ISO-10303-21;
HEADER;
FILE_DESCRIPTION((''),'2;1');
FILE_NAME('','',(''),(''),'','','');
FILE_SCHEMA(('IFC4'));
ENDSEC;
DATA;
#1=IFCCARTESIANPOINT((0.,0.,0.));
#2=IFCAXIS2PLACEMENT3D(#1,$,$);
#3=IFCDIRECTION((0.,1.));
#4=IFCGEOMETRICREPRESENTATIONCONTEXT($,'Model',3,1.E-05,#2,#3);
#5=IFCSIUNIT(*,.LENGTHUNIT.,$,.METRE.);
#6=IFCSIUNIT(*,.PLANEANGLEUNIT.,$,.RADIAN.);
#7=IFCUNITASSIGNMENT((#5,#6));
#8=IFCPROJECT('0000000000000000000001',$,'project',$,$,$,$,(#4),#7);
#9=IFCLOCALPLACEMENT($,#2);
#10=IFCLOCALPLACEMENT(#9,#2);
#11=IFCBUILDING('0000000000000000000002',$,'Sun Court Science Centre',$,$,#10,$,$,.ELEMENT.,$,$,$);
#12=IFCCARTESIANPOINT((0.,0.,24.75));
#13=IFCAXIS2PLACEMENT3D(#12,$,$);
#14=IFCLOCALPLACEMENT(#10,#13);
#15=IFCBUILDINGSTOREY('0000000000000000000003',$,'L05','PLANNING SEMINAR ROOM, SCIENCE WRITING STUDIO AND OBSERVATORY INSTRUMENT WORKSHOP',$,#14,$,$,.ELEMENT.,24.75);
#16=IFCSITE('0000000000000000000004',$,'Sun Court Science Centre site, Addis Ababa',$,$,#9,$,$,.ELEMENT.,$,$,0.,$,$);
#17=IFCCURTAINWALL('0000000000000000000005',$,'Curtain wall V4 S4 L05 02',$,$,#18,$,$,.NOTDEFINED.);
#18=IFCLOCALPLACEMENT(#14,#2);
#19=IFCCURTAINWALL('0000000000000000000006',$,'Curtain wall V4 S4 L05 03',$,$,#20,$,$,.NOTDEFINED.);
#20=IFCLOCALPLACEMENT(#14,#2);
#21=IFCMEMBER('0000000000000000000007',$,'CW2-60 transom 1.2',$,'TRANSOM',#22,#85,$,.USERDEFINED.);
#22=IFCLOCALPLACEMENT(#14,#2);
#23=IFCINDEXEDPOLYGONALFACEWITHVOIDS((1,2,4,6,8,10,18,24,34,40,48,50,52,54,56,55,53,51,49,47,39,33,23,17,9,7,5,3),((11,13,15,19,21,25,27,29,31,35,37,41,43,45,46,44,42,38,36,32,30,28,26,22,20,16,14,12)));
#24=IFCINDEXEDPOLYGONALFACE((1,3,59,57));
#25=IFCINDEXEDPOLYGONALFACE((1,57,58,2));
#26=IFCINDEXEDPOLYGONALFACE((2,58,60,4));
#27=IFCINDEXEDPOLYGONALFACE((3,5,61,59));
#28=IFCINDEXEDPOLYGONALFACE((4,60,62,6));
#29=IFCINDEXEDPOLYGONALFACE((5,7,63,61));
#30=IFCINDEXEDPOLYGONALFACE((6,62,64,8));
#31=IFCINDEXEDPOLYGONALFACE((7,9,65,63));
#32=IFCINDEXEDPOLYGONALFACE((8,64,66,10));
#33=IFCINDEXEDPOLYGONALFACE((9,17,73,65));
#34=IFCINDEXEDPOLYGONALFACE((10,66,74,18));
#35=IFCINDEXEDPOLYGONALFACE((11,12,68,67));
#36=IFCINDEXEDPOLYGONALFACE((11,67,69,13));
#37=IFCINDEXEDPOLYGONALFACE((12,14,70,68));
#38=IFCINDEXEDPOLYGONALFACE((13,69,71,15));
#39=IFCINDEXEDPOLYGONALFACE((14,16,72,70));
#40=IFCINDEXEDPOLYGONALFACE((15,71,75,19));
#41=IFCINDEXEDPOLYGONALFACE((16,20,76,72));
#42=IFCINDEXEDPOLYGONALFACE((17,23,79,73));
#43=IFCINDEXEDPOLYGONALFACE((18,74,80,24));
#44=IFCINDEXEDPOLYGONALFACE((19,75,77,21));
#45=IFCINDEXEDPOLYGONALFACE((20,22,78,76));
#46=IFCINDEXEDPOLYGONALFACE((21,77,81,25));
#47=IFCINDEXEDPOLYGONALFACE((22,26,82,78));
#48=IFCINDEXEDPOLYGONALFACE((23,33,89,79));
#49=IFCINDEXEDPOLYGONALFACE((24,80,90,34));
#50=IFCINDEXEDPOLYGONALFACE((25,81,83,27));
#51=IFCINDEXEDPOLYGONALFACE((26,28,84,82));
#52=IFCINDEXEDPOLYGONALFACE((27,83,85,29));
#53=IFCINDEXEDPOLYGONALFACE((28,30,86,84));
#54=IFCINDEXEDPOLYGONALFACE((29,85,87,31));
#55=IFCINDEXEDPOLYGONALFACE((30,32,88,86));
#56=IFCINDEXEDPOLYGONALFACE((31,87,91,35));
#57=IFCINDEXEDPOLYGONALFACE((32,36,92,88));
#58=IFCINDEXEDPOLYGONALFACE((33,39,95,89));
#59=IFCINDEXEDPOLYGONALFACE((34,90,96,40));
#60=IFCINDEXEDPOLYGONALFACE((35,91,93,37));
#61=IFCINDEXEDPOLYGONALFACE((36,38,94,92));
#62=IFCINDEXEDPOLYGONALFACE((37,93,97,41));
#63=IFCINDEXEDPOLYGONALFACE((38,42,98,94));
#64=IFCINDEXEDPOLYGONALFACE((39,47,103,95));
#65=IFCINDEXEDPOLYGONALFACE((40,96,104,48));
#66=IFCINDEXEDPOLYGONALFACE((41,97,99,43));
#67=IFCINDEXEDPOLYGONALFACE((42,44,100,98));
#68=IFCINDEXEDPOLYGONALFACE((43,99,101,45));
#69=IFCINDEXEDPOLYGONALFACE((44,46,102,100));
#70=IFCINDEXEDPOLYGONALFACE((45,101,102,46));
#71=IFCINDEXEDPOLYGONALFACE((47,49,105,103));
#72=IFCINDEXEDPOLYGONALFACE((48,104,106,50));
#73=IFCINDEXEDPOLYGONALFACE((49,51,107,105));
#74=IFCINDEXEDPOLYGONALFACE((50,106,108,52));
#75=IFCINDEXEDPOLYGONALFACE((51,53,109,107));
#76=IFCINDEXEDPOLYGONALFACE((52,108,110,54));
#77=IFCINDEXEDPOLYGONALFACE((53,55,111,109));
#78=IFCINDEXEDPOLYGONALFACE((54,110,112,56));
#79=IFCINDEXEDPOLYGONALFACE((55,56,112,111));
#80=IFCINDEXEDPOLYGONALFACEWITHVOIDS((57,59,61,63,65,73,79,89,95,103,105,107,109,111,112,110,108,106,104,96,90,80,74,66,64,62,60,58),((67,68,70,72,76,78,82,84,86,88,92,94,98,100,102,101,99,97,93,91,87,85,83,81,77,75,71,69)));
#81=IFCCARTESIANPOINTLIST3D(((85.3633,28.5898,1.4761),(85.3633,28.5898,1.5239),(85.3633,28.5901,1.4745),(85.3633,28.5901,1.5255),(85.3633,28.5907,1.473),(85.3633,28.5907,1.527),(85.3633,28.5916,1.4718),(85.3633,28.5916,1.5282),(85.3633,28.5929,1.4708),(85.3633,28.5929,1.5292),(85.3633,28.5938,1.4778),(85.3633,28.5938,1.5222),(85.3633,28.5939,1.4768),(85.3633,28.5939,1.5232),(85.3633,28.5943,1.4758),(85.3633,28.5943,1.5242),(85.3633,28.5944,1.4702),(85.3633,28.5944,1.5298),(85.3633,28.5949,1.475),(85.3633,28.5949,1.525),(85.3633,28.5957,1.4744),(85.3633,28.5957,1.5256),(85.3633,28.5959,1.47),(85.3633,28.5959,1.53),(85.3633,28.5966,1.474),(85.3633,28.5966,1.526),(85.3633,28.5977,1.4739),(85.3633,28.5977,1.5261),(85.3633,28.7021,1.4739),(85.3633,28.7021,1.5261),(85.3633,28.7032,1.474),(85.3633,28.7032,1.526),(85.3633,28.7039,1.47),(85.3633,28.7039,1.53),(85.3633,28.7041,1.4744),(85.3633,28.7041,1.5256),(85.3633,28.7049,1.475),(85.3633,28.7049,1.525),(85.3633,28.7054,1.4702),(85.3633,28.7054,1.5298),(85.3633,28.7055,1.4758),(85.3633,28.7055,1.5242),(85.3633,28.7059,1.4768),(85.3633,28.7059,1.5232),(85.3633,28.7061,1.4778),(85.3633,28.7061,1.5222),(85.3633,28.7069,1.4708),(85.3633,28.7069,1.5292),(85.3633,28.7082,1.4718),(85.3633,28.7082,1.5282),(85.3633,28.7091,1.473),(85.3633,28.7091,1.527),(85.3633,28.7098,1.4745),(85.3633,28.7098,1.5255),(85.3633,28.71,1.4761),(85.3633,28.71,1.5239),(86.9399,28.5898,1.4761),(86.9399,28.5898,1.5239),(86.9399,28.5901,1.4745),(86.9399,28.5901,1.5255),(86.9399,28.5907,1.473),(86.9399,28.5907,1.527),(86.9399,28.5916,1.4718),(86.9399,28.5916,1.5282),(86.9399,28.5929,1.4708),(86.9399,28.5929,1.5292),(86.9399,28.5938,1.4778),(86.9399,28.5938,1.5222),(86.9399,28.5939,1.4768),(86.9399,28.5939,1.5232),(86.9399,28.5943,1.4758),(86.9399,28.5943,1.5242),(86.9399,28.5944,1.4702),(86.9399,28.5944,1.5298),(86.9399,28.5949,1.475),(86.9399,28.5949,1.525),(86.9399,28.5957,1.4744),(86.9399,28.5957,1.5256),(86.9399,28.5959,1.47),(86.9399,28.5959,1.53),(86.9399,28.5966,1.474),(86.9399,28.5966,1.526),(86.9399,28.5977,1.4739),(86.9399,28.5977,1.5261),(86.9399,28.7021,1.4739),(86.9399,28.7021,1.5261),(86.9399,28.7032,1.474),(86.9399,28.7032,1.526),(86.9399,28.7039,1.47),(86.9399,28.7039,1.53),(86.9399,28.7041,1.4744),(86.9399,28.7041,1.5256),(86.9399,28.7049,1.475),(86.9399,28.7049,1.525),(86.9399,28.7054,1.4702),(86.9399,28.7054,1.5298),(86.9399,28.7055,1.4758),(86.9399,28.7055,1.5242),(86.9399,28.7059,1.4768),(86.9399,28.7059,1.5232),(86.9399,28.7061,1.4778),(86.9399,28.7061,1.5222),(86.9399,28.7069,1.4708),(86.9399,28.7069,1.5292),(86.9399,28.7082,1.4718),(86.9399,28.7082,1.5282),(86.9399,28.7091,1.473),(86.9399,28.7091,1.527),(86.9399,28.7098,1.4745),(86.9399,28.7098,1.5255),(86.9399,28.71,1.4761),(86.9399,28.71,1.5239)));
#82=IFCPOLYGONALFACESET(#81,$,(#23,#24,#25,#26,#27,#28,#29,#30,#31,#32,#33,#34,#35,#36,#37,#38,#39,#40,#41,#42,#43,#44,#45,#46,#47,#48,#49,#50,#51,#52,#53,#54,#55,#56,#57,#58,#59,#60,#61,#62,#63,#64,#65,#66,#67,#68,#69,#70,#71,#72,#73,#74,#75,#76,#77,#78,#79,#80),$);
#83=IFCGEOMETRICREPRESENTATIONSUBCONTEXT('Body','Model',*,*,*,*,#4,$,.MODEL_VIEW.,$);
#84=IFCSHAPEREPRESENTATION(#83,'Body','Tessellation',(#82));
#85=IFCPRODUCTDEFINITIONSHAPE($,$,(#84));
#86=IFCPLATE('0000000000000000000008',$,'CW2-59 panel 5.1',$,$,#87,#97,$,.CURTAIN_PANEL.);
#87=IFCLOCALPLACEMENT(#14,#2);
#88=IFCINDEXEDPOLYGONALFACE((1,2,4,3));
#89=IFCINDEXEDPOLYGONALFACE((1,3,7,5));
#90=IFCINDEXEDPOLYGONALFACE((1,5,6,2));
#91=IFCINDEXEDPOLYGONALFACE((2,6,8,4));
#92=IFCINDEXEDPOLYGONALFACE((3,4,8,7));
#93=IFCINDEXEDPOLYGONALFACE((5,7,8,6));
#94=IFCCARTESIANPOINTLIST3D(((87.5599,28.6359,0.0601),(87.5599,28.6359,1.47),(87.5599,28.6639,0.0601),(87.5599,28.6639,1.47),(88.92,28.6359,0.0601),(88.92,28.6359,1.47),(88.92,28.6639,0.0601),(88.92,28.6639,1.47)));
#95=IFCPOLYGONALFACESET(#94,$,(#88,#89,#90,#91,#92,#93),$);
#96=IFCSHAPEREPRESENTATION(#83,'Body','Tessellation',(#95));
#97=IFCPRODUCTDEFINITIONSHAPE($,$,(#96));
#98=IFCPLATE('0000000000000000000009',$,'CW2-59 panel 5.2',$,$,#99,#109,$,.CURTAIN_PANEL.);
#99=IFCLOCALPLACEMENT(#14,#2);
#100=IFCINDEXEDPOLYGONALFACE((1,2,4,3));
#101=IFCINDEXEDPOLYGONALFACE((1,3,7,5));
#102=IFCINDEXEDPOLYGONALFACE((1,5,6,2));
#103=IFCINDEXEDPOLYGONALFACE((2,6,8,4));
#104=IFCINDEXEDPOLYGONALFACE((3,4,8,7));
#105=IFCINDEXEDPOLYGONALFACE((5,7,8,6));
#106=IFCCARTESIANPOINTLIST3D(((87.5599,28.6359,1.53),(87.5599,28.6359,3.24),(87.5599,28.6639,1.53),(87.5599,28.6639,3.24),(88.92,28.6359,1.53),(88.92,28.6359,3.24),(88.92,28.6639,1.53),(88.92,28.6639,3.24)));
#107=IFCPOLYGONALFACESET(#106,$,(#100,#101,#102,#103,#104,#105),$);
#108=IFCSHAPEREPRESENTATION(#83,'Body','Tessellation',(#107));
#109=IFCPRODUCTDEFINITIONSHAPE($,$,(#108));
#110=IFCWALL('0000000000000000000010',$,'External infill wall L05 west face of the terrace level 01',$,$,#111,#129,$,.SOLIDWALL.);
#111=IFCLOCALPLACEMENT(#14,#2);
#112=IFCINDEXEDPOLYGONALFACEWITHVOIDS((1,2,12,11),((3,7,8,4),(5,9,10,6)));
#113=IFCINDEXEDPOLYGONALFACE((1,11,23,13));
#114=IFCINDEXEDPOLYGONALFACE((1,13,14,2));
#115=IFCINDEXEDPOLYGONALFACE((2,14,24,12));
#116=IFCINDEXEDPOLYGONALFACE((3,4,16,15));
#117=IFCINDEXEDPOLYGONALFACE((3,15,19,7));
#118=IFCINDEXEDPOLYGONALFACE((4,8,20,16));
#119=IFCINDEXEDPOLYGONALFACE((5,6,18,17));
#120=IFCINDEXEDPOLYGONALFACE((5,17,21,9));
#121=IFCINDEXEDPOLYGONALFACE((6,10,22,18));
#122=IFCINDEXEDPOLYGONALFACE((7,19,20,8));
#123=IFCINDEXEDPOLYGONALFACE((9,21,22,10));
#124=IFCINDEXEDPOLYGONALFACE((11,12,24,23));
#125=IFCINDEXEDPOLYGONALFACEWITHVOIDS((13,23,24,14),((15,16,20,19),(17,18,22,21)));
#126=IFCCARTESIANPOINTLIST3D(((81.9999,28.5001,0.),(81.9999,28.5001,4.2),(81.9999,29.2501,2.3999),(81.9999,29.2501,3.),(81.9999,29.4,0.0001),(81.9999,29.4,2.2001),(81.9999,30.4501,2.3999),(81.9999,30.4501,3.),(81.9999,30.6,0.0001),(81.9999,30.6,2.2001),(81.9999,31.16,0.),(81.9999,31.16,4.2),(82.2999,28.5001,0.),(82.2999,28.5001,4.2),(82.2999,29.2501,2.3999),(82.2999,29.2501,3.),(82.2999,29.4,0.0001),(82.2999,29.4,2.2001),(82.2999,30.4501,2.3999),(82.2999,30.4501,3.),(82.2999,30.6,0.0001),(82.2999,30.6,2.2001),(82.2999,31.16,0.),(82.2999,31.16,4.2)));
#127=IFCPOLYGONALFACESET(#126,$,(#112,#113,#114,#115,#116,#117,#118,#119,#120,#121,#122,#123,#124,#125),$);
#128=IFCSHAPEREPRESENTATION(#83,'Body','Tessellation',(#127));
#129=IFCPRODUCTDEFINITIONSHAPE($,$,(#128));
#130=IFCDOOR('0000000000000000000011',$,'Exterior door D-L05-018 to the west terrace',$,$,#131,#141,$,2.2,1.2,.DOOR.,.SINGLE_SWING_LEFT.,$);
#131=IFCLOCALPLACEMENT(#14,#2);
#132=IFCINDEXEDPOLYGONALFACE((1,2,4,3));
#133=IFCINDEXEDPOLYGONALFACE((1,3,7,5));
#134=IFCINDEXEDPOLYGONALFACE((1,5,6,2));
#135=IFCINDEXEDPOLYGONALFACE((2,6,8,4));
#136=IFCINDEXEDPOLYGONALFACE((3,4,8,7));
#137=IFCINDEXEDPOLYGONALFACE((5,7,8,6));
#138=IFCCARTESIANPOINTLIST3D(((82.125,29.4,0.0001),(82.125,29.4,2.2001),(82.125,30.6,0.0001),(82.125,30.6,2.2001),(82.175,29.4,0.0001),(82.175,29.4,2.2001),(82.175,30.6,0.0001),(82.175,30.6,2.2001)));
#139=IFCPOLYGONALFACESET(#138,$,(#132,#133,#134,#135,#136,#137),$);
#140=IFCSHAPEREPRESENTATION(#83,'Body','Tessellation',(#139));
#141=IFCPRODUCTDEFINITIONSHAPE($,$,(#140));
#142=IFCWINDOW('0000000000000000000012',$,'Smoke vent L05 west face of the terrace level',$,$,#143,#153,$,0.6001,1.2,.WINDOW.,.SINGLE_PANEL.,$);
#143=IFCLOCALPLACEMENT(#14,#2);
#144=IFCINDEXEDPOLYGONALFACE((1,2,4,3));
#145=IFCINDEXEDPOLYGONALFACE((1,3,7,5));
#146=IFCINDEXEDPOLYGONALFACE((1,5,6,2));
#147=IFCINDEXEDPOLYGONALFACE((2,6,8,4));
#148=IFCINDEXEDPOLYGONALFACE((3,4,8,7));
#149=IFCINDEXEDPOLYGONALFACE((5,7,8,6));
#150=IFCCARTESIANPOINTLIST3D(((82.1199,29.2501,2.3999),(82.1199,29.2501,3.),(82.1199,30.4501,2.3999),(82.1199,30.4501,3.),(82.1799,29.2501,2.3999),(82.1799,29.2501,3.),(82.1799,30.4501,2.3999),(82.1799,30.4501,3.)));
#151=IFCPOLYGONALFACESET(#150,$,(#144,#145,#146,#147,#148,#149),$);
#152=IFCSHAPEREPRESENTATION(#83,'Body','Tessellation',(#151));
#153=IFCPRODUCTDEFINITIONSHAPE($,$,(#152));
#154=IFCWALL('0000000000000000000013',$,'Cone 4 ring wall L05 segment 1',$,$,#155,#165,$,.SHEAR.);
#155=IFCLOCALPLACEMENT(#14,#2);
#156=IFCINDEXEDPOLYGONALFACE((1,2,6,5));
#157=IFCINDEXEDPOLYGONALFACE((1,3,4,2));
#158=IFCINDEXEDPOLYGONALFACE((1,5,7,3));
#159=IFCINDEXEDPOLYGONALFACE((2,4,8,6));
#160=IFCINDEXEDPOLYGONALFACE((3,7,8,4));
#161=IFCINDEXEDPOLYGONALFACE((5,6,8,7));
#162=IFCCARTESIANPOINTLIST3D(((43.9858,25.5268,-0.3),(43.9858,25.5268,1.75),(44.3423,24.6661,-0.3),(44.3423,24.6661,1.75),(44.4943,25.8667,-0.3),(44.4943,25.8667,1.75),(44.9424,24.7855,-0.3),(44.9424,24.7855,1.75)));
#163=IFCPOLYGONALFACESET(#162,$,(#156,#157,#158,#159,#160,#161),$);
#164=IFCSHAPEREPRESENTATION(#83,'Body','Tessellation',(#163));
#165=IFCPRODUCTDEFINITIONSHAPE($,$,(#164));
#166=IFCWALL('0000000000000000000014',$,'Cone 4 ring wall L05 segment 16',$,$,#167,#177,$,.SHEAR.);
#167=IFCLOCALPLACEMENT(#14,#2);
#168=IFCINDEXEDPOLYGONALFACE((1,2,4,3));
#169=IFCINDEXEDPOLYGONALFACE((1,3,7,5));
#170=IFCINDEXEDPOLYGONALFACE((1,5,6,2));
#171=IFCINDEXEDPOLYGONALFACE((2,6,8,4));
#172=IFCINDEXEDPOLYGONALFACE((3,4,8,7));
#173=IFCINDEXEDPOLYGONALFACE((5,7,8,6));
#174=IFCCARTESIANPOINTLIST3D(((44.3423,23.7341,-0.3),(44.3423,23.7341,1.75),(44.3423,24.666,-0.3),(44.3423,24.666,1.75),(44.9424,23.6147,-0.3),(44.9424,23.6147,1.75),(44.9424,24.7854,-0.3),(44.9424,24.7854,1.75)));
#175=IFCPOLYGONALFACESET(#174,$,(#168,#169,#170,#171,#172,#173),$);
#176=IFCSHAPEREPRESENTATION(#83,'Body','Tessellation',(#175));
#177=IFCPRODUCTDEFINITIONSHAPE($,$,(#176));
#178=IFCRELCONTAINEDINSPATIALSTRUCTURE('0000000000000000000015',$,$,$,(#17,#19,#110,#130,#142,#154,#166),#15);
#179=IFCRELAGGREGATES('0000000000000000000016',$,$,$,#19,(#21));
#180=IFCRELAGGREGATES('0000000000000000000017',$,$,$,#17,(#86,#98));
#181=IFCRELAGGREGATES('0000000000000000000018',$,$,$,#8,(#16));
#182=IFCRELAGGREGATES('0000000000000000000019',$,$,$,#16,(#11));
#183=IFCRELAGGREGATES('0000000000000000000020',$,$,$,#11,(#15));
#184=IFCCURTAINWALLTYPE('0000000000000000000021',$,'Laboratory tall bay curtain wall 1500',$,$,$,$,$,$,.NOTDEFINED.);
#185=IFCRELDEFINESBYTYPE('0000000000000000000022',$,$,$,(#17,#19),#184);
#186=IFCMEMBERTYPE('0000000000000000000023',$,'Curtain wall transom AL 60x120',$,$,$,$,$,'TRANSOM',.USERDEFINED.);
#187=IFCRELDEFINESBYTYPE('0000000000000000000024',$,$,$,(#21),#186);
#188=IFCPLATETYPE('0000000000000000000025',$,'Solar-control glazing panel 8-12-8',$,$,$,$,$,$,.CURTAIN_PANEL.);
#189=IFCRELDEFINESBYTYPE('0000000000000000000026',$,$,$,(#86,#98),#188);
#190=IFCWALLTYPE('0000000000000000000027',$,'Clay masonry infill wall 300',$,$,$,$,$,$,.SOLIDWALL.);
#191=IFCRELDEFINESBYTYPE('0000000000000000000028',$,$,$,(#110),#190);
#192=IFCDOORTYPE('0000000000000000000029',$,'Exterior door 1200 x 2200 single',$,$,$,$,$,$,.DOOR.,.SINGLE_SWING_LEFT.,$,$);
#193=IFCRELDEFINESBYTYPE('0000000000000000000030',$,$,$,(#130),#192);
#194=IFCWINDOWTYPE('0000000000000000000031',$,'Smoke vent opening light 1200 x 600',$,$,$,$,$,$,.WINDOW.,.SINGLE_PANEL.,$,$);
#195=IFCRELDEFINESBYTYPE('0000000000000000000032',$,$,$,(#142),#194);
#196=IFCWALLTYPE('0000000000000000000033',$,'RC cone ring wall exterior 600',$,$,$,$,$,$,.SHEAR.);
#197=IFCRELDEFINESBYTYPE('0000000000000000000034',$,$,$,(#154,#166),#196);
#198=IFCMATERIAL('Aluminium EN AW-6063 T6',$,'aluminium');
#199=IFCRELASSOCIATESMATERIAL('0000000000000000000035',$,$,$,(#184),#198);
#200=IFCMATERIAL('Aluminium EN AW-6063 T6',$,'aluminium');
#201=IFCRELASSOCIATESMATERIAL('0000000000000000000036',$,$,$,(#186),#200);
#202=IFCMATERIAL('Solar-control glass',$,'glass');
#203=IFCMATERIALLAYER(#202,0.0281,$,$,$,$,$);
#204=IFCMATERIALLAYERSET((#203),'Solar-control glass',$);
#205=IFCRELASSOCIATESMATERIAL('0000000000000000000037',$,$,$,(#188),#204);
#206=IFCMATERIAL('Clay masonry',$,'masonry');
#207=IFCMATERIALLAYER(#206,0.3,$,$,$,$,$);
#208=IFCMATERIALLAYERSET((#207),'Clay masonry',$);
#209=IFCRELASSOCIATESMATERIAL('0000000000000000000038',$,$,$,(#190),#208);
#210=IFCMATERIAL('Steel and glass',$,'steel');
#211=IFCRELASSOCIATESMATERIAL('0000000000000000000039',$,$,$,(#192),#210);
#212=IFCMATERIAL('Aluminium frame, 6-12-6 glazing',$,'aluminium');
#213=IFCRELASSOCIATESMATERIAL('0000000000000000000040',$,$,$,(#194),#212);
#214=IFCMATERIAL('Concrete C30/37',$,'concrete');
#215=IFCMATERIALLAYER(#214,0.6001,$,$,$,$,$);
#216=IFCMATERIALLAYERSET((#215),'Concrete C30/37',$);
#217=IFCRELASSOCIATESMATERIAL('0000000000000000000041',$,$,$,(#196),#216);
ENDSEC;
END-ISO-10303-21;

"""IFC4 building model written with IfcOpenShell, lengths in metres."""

from ifc_helpers import new_model, si_unit, direction, frame, frame_2d, origin, origin_2d, place, context, subcontext, project, spatial, polyline, rectangle, hollow_rectangle, outline, extrude, material, layer, layer_set, material_profile, profile_set, type_object, element, fill, aggregate, save


model = new_model("IFC4")

# Units and contexts
model_context = context("Model", 3, precision=1e-05, world=origin(), true_north=direction((0.0, 1.0)))
body_context = subcontext(model_context, "Body", "Model", "MODEL_VIEW")
ifc_project = project(units=[si_unit("LENGTHUNIT", "METRE"), si_unit("PLANEANGLEUNIT", "RADIAN")], contexts=[model_context])

# Site, building, storey
site_placement = place(None, origin())
site = spatial("IfcSite", under=ifc_project, at=site_placement, Name="Sun Court Science Centre site, Addis Ababa", CompositionType="ELEMENT", RefElevation=0.0)
building_placement = place(site_placement, origin())
building = spatial("IfcBuilding", under=site, at=building_placement, Name="Sun Court Science Centre", CompositionType="ELEMENT")
storey_placement = place(building_placement, frame((0.0, 0.0, 24.75)))
storey = spatial("IfcBuildingStorey", under=building, at=storey_placement, Name="L05", Description="PLANNING SEMINAR ROOM, SCIENCE WRITING STUDIO AND OBSERVATORY INSTRUMENT WORKSHOP", CompositionType="ELEMENT", Elevation=24.75)

# Curtain wall
ifc_material_1 = material(Name="Aluminium EN AW-6063 T6", Category="aluminium")
curtain_wall_type = type_object("IfcCurtainWallType", Name="Laboratory tall bay curtain wall 1500", PredefinedType="NOTDEFINED", material=ifc_material_1)
curtain_wall_1_placement = place(storey_placement, origin())
curtain_wall_1 = element("IfcCurtainWall", 1, at=curtain_wall_1_placement, inside=storey, type_object=curtain_wall_type, Name="Curtain wall V4 S4 L05 02", PredefinedType="NOTDEFINED")

# Curtain wall
curtain_wall_2_placement = place(storey_placement, origin())
curtain_wall_2 = element("IfcCurtainWall", 2, at=curtain_wall_2_placement, inside=storey, type_object=curtain_wall_type, Name="Curtain wall V4 S4 L05 03", PredefinedType="NOTDEFINED")

# Member
ifc_material_2 = material(Name="Aluminium EN AW-6063 T6", Category="aluminium")
ifc_material_profile_1 = material_profile(ifc_material_2, hollow_rectangle(XDim=0.0601, YDim=0.1201, WallThickness=0.0039, InnerFilletRadius=0.0039, OuterFilletRadius=0.0061, at=origin_2d()), Name="AL 60x120x4")
ifc_profile_set_1 = profile_set([ifc_material_profile_1], Name="Aluminium EN AW-6063 T6")
member_type_1 = type_object("IfcMemberType", Name="Curtain wall transom AL 60x120", ElementType="TRANSOM", PredefinedType="USERDEFINED", material=ifc_profile_set_1)
member_1_placement = place(storey_placement, frame((86.9399, 28.6499, 1.5), z_axis=(-1.0, 0.0, 0.0), x_axis=(0.0, 0.0, 1.0)))
member_1 = element("IfcMember", 3, at=member_1_placement, type_object=member_type_1, Name="CW2-60 transom 1.2", ObjectType="TRANSOM", PredefinedType="USERDEFINED", context=body_context, shape_type="SweptSolid", body=[
    extrude(hollow_rectangle(XDim=0.0601, YDim=0.1201, WallThickness=0.0039, InnerFilletRadius=0.0039, OuterFilletRadius=0.0061, at=origin_2d()), origin(), (0.0, 0.0, 1.0), 1.5767),
])
aggregate(curtain_wall_2, [member_1])

# Plates
ifc_material_3 = material(Name="Solar-control glass", Category="glass")
ifc_layer_1 = layer(ifc_material_3, 0.0281)
ifc_layer_set_1 = layer_set([ifc_layer_1], Name="Solar-control glass")
plate_type = type_object("IfcPlateType", Name="Solar-control glazing panel 8-12-8", PredefinedType="CURTAIN_PANEL", material=ifc_layer_set_1)
plate_1_placement = place(storey_placement, frame((88.24, 28.6499, 0.0601), z_axis=(0.0, 0.0, 1.0), x_axis=(-1.0, 0.0, 0.0)))
plate_1 = element("IfcPlate", 4, at=plate_1_placement, type_object=plate_type, Name="CW2-59 panel 5.1", PredefinedType="CURTAIN_PANEL", context=body_context, shape_type="SweptSolid", body=[
    extrude(rectangle(XDim=1.3601, YDim=0.0281, at=origin_2d()), origin(), (0.0, 0.0, 1.0), 1.4099),
])
plate_2_placement = place(storey_placement, frame((88.24, 28.6499, 1.53), z_axis=(0.0, 0.0, 1.0), x_axis=(-1.0, 0.0, 0.0)))
plate_2 = element("IfcPlate", 5, at=plate_2_placement, type_object=plate_type, Name="CW2-59 panel 5.2", PredefinedType="CURTAIN_PANEL", context=body_context, shape_type="SweptSolid", body=[
    extrude(rectangle(XDim=1.3601, YDim=0.0281, at=origin_2d()), origin(), (0.0, 0.0, 1.0), 1.71),
])
aggregate(curtain_wall_1, [plate_1, plate_2])

# Wall, openings, door, window
ifc_material_4 = material(Name="Clay masonry", Category="masonry")
ifc_layer_2 = layer(ifc_material_4, 0.3)
ifc_layer_set_2 = layer_set([ifc_layer_2], Name="Clay masonry")
wall_type_1 = type_object("IfcWallType", Name="Clay masonry infill wall 300", PredefinedType="SOLIDWALL", material=ifc_layer_set_2)
wall_1_placement = place(storey_placement, frame((82.1499, 28.5, 0.0), z_axis=(0.0, 0.0, 1.0), x_axis=(0.0, 1.0, 0.0)))
wall_1 = element("IfcWall", 6, at=wall_1_placement, inside=storey, type_object=wall_type_1, Name="External infill wall L05 west face of the terrace level 01", PredefinedType="SOLIDWALL", context=body_context, shape_type="SweptSolid", body=[
    extrude(rectangle(XDim=2.6599, YDim=0.3, at=frame_2d((1.3301, 0.0))), origin(), (0.0, 0.0, 1.0), 4.2),
])
opening_1_placement = place(wall_1_placement, frame((0.8999, 0.0, 0.0)))
opening_1 = element("IfcOpeningElement", 7, at=opening_1_placement, cuts=wall_1, PredefinedType="OPENING", context=body_context, shape_type="SweptSolid", body=[
    extrude(rectangle(XDim=1.2, YDim=2.2, at=frame_2d((0.6001, 1.1001))), frame((0.0, 0.1599, 0.0), z_axis=(0.0, -1.0, 0.0), x_axis=(1.0, 0.0, 0.0)), (0.0, 0.0, 1.0), 0.3201),
])
opening_2_placement = place(wall_1_placement, frame((0.75, 0.0, 2.3999)))
opening_2 = element("IfcOpeningElement", 8, at=opening_2_placement, cuts=wall_1, PredefinedType="OPENING", context=body_context, shape_type="SweptSolid", body=[
    extrude(rectangle(XDim=1.2, YDim=0.6001, at=frame_2d((0.6001, 0.3))), frame((0.0, 0.1599, 0.0), z_axis=(0.0, -1.0, 0.0), x_axis=(1.0, 0.0, 0.0)), (0.0, 0.0, 1.0), 0.3201),
])
ifc_material_5 = material(Name="Steel and glass", Category="steel")
door_type = type_object("IfcDoorType", Name="Exterior door 1200 x 2200 single", OperationType="SINGLE_SWING_LEFT", PredefinedType="DOOR", material=ifc_material_5)
door_placement = place(opening_1_placement, origin())
door = element("IfcDoor", 9, at=door_placement, inside=storey, type_object=door_type, Name="Exterior door D-L05-018 to the west terrace", OperationType="SINGLE_SWING_LEFT", OverallHeight=2.2, OverallWidth=1.2, PredefinedType="DOOR", context=body_context, shape_type="SweptSolid", body=[
    extrude(rectangle(XDim=1.2, YDim=2.2, at=frame_2d((0.6001, 1.1001))), frame((0.0, 0.0249, 0.0), z_axis=(0.0, -1.0, 0.0), x_axis=(1.0, 0.0, 0.0)), (0.0, 0.0, 1.0), 0.05),
])
fill(opening_1, door)
ifc_material_6 = material(Name="Aluminium frame, 6-12-6 glazing", Category="aluminium")
window_type = type_object("IfcWindowType", Name="Smoke vent opening light 1200 x 600", PartitioningType="SINGLE_PANEL", PredefinedType="WINDOW", material=ifc_material_6)
window_placement = place(opening_2_placement, origin())
window = element("IfcWindow", 10, at=window_placement, inside=storey, type_object=window_type, Name="Smoke vent L05 west face of the terrace level", OverallHeight=0.6001, OverallWidth=1.2, PartitioningType="SINGLE_PANEL", PredefinedType="WINDOW", context=body_context, shape_type="SweptSolid", body=[
    extrude(rectangle(XDim=1.2, YDim=0.6001, at=frame_2d((0.6001, 0.3))), frame((0.0, 0.03, 0.0), z_axis=(0.0, -1.0, 0.0), x_axis=(1.0, 0.0, 0.0)), (0.0, 0.0, 1.0), 0.0601),
])
fill(opening_2, window)

# Walls
ifc_material_7 = material(Name="Concrete C30/37", Category="concrete")
ifc_layer_3 = layer(ifc_material_7, 0.6001)
ifc_layer_set_3 = layer_set([ifc_layer_3], Name="Concrete C30/37")
wall_type_2 = type_object("IfcWallType", Name="RC cone ring wall exterior 600", PredefinedType="SHEAR", material=ifc_layer_set_3)
wall_2_placement = place(storey_placement, frame((44.6653, 24.6704, -0.3), z_axis=(0.0, 0.0, 1.0), x_axis=(-0.382689, 0.923877, 0.0)))
element("IfcWall", 11, at=wall_2_placement, inside=storey, type_object=wall_type_2, Name="Cone 4 ring wall L05 segment 1", PredefinedType="SHEAR", context=body_context, shape_type="SweptSolid", body=[
    extrude(outline(polyline([(0.0002, -0.3), (1.1707, -0.2998), (1.0513, 0.3), (0.1196, 0.3), (0.0002, -0.3)])), origin(), (0.0, 0.0, 1.0), 2.05),
])
wall_3_placement = place(storey_placement, frame((44.6423, 23.6147, -0.3), z_axis=(0.0, 0.0, 1.0), x_axis=(0.0, 1.0, 0.0)))
element("IfcWall", 12, at=wall_3_placement, inside=storey, type_object=wall_type_2, Name="Cone 4 ring wall L05 segment 16", PredefinedType="SHEAR", context=body_context, shape_type="SweptSolid", body=[
    extrude(outline(polyline([(0.0, -0.3), (1.1707, -0.3), (1.0513, 0.3), (0.1194, 0.3), (0.0, -0.3)])), origin(), (0.0, 0.0, 1.0), 2.05),
])

save(model, "model.ifc")
